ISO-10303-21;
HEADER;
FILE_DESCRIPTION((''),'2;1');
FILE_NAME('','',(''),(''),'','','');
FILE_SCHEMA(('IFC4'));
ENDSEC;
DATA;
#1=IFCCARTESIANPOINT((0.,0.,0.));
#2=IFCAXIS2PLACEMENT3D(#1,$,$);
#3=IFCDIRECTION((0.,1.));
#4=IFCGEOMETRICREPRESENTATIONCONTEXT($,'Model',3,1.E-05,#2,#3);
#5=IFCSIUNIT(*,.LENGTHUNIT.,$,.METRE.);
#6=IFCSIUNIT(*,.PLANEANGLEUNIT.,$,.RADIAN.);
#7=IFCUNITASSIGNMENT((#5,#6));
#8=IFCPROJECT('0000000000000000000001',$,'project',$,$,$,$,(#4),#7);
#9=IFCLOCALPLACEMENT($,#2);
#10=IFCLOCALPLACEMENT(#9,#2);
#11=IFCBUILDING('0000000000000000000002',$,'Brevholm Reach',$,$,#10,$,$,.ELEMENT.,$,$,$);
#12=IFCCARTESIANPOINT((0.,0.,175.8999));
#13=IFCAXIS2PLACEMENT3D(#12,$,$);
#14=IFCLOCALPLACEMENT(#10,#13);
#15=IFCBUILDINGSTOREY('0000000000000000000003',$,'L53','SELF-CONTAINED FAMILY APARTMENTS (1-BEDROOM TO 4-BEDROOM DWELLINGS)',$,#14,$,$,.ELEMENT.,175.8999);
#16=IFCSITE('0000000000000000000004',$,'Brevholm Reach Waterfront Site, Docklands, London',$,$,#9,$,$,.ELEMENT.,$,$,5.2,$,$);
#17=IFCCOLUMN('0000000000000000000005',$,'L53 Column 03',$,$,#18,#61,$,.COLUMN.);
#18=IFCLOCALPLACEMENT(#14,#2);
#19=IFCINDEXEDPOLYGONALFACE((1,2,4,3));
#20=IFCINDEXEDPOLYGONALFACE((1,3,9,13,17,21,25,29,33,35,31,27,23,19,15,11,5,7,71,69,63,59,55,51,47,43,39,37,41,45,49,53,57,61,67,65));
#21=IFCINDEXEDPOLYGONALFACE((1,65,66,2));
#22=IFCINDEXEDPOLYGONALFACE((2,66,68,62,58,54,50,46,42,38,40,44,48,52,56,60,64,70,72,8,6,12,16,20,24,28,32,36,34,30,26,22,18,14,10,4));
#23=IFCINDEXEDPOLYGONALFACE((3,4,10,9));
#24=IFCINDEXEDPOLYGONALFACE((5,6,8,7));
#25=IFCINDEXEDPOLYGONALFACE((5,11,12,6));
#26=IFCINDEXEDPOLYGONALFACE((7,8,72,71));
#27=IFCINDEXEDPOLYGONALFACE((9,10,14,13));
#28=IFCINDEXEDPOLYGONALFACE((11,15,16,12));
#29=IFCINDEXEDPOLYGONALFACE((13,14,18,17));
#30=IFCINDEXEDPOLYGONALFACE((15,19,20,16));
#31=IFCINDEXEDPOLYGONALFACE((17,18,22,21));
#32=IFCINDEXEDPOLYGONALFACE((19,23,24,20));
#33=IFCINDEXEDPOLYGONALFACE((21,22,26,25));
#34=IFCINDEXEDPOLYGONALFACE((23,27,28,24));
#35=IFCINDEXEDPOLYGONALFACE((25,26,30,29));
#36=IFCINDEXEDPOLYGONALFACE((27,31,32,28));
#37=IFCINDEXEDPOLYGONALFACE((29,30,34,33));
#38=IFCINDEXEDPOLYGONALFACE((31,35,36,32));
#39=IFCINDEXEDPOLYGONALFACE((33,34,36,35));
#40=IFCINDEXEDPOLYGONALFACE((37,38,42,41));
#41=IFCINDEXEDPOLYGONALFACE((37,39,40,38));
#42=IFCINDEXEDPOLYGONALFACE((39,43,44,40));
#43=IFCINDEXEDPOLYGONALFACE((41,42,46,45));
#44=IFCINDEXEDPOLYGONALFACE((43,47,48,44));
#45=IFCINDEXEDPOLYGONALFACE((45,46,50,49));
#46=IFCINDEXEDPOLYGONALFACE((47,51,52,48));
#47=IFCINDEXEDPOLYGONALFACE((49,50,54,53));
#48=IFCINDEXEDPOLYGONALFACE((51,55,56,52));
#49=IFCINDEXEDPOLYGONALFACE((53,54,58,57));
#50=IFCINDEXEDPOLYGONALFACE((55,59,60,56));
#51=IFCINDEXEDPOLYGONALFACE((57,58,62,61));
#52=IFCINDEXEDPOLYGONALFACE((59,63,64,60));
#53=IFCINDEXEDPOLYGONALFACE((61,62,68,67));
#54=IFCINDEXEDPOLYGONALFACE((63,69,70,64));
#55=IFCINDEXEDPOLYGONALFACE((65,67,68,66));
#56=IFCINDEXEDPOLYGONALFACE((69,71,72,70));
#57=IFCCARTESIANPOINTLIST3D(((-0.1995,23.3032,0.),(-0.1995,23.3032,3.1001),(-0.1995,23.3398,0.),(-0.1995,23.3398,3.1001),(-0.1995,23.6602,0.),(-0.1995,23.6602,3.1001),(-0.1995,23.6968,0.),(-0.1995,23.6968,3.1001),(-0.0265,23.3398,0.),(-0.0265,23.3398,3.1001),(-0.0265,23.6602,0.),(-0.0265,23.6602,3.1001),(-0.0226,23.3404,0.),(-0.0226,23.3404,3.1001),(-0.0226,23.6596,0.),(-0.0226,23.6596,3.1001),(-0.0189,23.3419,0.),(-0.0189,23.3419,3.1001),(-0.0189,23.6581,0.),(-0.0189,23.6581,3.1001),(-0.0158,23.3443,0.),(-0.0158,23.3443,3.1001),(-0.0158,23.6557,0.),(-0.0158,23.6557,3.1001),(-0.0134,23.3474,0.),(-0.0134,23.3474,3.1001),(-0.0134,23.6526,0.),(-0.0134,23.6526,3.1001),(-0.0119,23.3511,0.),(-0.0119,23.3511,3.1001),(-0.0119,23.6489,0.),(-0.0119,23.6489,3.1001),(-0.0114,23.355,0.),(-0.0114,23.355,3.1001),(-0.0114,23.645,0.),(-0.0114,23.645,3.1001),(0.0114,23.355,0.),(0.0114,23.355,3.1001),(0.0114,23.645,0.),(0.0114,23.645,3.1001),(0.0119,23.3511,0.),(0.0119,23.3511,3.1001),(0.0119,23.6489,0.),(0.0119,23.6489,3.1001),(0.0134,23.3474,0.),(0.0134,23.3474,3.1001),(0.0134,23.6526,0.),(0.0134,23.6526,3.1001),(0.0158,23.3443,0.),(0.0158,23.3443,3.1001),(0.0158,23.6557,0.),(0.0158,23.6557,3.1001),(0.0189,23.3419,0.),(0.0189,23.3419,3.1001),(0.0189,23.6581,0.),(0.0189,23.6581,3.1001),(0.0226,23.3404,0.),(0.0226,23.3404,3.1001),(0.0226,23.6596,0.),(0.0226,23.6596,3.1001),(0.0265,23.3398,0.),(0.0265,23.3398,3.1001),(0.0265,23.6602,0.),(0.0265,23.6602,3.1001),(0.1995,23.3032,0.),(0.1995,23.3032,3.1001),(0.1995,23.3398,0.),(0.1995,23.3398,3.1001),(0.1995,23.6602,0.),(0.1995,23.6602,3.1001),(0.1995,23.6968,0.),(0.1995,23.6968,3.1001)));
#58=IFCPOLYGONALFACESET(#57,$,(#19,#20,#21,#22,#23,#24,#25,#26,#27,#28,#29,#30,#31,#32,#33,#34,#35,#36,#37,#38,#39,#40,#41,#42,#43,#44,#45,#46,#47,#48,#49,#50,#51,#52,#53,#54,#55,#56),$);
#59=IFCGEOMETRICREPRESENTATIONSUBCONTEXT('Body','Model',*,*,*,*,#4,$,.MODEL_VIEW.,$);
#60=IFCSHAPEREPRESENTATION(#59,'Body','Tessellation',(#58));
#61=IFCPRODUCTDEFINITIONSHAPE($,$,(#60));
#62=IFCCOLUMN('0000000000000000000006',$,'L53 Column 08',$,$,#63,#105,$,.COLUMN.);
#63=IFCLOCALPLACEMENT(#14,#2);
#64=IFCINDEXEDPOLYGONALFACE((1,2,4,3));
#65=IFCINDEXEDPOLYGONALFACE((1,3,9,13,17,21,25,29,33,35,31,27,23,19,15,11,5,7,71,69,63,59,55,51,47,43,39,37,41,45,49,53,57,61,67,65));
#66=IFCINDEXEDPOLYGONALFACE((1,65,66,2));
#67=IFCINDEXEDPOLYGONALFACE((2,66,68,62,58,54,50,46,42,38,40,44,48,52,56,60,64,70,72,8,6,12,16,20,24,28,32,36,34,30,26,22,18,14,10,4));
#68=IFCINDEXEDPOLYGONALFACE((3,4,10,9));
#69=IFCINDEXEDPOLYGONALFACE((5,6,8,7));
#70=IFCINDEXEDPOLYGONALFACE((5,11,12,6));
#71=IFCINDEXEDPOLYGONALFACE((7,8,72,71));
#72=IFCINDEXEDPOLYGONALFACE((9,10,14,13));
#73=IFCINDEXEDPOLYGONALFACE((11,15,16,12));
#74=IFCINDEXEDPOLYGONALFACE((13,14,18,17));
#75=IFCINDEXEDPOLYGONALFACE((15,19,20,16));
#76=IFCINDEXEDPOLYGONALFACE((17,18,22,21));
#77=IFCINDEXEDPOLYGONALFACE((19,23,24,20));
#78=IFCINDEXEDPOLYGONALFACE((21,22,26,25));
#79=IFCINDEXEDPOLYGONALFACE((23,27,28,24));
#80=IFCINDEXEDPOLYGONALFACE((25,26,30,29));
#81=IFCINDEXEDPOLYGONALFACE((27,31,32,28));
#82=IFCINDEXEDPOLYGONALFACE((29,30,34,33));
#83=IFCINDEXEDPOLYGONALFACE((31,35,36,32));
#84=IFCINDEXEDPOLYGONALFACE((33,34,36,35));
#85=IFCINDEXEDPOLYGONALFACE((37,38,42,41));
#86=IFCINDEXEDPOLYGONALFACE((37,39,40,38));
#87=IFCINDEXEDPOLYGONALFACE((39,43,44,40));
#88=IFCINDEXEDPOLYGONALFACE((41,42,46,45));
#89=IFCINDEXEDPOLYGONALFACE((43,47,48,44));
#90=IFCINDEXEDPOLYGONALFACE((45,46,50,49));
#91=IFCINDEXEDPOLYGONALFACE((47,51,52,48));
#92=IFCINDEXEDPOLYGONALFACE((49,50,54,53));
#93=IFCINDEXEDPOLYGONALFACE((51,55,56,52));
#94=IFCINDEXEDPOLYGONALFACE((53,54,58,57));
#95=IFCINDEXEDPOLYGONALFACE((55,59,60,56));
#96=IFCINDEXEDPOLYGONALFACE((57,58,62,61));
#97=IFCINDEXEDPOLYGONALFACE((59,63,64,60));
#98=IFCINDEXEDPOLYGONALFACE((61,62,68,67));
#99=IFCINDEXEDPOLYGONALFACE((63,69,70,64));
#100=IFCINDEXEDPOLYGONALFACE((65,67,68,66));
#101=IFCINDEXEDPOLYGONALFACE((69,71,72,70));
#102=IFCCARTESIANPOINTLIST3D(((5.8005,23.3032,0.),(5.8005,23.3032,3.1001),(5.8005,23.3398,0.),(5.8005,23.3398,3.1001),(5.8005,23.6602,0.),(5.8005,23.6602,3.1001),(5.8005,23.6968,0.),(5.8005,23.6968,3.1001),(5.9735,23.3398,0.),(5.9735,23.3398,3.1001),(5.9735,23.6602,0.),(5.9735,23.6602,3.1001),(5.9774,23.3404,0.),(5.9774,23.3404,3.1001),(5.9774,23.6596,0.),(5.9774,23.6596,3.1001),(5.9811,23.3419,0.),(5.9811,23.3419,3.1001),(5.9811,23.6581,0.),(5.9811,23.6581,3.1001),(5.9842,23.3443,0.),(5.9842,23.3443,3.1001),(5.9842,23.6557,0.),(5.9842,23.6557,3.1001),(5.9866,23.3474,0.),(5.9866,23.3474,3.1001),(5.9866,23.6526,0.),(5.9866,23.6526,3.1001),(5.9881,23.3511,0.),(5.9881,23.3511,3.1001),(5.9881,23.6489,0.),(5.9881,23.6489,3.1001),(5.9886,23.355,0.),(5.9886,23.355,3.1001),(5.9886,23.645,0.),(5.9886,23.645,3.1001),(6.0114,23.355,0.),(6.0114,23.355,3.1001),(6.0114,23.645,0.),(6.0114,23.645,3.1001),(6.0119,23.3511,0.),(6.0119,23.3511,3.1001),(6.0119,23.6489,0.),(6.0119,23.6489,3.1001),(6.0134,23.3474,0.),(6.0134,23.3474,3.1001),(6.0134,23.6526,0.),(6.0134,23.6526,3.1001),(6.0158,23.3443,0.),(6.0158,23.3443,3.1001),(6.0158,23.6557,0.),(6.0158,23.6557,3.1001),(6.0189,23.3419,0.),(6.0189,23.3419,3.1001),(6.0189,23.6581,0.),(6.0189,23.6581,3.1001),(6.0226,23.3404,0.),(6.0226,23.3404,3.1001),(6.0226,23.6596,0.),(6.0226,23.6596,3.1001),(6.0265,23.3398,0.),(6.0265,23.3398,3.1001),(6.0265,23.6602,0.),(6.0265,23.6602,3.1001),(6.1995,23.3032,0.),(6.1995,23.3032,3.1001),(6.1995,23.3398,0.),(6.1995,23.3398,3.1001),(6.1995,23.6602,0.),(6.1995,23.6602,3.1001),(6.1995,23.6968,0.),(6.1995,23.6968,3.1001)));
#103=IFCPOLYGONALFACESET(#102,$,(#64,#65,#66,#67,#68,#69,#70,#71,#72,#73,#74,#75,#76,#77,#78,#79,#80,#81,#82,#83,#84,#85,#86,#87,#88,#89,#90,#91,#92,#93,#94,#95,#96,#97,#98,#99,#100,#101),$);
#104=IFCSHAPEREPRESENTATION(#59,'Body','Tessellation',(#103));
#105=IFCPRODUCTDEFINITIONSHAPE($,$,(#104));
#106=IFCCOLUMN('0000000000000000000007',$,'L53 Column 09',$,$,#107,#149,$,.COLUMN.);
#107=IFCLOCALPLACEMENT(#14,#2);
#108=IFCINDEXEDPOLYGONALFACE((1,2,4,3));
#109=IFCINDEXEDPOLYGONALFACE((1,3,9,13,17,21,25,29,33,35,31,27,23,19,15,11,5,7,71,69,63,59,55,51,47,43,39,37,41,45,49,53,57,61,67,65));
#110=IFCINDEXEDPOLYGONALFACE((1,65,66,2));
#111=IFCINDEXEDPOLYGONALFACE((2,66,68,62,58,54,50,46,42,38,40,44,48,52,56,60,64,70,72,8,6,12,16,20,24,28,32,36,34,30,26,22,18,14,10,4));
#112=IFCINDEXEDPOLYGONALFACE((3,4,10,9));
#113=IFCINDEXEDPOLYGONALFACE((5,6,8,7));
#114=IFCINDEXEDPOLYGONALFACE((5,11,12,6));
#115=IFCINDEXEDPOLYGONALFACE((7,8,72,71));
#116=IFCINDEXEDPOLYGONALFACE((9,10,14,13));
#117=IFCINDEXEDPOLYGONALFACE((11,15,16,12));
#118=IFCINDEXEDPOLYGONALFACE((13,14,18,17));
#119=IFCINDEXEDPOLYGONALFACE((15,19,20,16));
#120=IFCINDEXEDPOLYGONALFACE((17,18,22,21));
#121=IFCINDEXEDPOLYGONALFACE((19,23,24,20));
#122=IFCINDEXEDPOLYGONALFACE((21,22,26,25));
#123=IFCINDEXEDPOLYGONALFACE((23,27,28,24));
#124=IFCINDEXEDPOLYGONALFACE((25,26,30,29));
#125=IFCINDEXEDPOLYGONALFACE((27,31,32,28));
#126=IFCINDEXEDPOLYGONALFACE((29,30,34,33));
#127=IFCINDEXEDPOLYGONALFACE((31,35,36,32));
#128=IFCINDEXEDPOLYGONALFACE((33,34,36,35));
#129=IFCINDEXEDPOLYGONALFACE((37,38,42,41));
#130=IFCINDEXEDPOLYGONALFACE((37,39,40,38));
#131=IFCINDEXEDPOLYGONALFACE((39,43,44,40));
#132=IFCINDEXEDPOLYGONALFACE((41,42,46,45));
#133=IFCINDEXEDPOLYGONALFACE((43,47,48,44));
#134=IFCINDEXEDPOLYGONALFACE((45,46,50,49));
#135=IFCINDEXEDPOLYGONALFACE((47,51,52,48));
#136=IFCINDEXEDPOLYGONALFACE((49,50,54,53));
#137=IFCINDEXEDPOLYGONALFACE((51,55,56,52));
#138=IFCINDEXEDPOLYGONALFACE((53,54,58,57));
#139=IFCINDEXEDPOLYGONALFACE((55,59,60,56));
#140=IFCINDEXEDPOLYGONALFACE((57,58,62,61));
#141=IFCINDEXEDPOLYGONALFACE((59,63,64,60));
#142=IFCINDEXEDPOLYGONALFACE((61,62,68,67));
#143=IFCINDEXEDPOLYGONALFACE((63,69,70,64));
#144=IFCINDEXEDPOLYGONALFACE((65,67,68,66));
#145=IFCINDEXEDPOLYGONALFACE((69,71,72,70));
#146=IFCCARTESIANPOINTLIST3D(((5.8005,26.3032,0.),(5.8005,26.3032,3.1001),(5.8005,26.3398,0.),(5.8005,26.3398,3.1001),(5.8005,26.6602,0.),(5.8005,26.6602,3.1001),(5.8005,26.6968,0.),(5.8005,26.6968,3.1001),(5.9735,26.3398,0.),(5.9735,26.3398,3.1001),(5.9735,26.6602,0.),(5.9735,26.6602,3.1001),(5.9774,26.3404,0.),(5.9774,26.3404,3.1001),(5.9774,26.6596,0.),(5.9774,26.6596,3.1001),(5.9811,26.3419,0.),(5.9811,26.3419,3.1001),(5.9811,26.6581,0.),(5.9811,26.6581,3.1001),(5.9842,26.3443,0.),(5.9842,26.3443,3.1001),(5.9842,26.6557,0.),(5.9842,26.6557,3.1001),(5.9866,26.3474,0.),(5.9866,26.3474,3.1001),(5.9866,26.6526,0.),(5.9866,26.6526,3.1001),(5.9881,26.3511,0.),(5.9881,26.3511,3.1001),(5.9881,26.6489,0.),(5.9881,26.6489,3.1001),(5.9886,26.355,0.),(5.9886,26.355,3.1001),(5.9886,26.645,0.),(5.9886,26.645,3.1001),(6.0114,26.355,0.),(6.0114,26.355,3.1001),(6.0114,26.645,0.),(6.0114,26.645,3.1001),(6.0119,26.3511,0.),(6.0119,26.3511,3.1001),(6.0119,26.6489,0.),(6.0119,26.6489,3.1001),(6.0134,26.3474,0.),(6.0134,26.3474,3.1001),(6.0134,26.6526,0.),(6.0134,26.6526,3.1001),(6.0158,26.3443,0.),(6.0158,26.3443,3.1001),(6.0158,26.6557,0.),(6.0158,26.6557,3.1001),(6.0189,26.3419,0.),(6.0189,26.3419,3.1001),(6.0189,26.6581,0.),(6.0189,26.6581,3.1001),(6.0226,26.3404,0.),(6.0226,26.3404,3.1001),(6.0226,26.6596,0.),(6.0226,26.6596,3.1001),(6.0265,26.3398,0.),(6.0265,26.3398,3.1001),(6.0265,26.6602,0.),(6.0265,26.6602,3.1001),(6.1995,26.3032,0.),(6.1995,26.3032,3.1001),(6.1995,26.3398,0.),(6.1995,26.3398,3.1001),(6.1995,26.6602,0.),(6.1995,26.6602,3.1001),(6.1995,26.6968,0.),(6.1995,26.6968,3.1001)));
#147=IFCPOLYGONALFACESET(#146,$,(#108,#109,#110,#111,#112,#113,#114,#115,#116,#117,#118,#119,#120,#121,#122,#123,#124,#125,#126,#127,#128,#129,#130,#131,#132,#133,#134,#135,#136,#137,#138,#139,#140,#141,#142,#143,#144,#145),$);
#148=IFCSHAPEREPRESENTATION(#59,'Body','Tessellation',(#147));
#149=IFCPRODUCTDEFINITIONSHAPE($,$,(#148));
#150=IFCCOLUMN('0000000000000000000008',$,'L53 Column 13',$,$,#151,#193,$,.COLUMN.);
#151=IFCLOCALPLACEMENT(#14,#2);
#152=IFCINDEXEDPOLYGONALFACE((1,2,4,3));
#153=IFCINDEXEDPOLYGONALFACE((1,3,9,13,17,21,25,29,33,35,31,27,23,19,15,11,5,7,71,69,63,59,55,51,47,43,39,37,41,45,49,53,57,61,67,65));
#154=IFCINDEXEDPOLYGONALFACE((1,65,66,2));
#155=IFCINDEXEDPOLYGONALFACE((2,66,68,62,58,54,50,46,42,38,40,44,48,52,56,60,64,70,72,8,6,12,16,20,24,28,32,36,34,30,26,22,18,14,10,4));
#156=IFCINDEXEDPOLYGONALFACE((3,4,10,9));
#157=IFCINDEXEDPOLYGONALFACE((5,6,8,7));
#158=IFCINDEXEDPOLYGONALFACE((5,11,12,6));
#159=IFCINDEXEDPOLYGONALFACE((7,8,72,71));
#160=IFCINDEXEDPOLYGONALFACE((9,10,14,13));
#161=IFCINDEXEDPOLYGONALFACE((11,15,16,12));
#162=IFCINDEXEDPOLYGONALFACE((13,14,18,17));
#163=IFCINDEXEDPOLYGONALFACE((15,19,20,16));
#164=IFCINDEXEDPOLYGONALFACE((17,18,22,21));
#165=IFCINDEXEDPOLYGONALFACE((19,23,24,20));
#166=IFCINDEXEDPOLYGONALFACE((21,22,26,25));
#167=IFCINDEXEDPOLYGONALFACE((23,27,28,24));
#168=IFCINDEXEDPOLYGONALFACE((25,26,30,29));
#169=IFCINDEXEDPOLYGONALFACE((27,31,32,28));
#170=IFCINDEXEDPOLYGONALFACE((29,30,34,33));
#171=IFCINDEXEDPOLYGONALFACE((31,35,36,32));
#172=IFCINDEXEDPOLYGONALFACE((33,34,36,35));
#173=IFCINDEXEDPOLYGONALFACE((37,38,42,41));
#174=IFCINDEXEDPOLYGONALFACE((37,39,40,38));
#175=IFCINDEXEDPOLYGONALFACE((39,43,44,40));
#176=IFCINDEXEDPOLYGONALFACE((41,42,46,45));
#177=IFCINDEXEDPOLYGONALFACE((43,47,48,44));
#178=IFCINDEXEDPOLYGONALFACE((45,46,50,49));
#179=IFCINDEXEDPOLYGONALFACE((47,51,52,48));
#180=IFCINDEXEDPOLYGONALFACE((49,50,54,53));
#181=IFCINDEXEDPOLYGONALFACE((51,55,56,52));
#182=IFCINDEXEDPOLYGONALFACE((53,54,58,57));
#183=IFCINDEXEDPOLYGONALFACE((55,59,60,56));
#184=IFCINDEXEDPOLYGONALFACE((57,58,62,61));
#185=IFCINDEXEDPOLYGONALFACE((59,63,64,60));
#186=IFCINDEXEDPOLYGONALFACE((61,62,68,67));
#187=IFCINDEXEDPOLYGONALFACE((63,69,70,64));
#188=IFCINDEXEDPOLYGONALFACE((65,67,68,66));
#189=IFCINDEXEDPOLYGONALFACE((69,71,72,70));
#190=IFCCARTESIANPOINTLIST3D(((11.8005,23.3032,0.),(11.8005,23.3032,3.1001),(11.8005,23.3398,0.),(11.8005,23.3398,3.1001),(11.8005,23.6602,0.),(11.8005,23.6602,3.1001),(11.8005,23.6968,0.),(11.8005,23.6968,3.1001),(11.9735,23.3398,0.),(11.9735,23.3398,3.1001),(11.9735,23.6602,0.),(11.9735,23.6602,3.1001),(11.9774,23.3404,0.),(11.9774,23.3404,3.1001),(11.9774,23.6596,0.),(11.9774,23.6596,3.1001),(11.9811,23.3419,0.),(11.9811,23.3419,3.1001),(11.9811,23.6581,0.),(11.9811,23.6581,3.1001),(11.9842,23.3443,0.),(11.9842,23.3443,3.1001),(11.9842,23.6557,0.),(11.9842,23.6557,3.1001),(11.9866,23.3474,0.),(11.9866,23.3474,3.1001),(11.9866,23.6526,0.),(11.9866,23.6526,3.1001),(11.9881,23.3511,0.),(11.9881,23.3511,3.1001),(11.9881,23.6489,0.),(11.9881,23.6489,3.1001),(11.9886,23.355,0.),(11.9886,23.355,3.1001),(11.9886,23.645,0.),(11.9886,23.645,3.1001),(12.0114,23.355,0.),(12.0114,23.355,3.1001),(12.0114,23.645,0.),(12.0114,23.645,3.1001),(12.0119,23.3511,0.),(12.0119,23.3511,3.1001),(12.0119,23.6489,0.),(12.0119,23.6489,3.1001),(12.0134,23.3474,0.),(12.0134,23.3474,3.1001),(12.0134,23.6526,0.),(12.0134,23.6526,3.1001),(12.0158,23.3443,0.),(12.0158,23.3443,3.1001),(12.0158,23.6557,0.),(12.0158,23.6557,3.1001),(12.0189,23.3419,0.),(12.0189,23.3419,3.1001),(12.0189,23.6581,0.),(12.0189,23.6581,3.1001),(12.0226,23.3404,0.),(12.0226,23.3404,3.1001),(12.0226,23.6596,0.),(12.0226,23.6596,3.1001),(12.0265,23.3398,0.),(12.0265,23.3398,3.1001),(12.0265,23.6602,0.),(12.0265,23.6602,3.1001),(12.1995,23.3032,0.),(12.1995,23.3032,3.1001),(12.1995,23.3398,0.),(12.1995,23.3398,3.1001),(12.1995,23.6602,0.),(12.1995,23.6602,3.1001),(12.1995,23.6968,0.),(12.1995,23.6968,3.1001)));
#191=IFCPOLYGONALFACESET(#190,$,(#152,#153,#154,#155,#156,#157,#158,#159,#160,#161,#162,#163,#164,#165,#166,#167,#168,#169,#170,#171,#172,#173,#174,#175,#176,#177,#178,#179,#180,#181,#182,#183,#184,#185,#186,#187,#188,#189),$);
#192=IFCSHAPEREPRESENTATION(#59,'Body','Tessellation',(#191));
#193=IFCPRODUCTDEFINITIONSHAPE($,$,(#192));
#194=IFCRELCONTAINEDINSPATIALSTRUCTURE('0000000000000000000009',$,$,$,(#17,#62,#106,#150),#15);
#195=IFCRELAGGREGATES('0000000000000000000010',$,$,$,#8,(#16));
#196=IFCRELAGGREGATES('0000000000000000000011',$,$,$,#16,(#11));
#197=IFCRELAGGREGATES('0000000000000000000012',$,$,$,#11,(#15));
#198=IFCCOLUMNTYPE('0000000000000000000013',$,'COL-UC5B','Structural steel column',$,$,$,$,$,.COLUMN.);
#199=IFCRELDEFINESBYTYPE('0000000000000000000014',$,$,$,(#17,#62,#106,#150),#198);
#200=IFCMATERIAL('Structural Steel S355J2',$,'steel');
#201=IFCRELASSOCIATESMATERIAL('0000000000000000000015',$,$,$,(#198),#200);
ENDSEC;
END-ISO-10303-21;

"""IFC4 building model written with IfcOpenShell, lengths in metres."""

from ifc_helpers import new_model, si_unit, direction, frame, origin, origin_2d, place, context, subcontext, project, spatial, i_section, extrude, material, material_profile, profile_set, type_object, element, save


model = new_model("IFC4")

# Units and contexts
model_context = context("Model", 3, precision=1e-05, world=origin(), true_north=direction((0.0, 1.0)))
body_context = subcontext(model_context, "Body", "Model", "MODEL_VIEW")
ifc_project = project(units=[si_unit("LENGTHUNIT", "METRE"), si_unit("PLANEANGLEUNIT", "RADIAN")], contexts=[model_context])

# Site, building, storey
site_placement = place(None, origin())
site = spatial("IfcSite", under=ifc_project, at=site_placement, Name="Brevholm Reach Waterfront Site, Docklands, London", CompositionType="ELEMENT", RefElevation=5.2)
building_placement = place(site_placement, origin())
building = spatial("IfcBuilding", under=site, at=building_placement, Name="Brevholm Reach", CompositionType="ELEMENT")
storey_placement = place(building_placement, frame((0.0, 0.0, 175.8999)))
storey = spatial("IfcBuildingStorey", under=building, at=storey_placement, Name="L53", Description="SELF-CONTAINED FAMILY APARTMENTS (1-BEDROOM TO 4-BEDROOM DWELLINGS)", CompositionType="ELEMENT", Elevation=175.8999)

# Columns
ifc_material_1 = material(Name="Structural Steel S355J2", Category="steel")
ifc_material_profile_1 = material_profile(ifc_material_1, i_section(OverallWidth=0.3989, OverallDepth=0.3936, WebThickness=0.0227, FlangeThickness=0.0366, FilletRadius=0.0151, at=origin_2d()), Name="UKC 356x406x287")
ifc_profile_set_1 = profile_set([ifc_material_profile_1], Name="Structural Steel S355J2")
column_type = type_object("IfcColumnType", Name="COL-UC5B", Description="Structural steel column", PredefinedType="COLUMN", material=ifc_profile_set_1)
for number, where, z_axis, x_axis, name in (
    (1, (0.0, 23.5, 0.0), (0.0, 0.0, 1.0), (1.0, 0.0, 0.0), "L53 Column 03"),
    (2, (6.0, 23.5, 0.0), (0.0, 0.0, 1.0), (1.0, 0.0, 0.0), "L53 Column 08"),
    (3, (6.0, 26.5, 0.0), (0.0, 0.0, 1.0), (1.0, 0.0, 0.0), "L53 Column 09"),
    (4, (12.0, 23.5, 0.0), (0.0, 0.0, 1.0), (1.0, 0.0, 0.0), "L53 Column 13"),
):
    element("IfcColumn", number, at=place(storey_placement, frame(where, z_axis=z_axis, x_axis=x_axis)), inside=storey, type_object=column_type, Name=name, PredefinedType="COLUMN", context=body_context, shape_type="SweptSolid", body=[
        extrude(i_section(OverallWidth=0.3989, OverallDepth=0.3936, WebThickness=0.0227, FlangeThickness=0.0366, FilletRadius=0.0151, at=origin_2d()), origin(), (0.0, 0.0, 1.0), 3.1001),
    ])

save(model, "model.ifc")
